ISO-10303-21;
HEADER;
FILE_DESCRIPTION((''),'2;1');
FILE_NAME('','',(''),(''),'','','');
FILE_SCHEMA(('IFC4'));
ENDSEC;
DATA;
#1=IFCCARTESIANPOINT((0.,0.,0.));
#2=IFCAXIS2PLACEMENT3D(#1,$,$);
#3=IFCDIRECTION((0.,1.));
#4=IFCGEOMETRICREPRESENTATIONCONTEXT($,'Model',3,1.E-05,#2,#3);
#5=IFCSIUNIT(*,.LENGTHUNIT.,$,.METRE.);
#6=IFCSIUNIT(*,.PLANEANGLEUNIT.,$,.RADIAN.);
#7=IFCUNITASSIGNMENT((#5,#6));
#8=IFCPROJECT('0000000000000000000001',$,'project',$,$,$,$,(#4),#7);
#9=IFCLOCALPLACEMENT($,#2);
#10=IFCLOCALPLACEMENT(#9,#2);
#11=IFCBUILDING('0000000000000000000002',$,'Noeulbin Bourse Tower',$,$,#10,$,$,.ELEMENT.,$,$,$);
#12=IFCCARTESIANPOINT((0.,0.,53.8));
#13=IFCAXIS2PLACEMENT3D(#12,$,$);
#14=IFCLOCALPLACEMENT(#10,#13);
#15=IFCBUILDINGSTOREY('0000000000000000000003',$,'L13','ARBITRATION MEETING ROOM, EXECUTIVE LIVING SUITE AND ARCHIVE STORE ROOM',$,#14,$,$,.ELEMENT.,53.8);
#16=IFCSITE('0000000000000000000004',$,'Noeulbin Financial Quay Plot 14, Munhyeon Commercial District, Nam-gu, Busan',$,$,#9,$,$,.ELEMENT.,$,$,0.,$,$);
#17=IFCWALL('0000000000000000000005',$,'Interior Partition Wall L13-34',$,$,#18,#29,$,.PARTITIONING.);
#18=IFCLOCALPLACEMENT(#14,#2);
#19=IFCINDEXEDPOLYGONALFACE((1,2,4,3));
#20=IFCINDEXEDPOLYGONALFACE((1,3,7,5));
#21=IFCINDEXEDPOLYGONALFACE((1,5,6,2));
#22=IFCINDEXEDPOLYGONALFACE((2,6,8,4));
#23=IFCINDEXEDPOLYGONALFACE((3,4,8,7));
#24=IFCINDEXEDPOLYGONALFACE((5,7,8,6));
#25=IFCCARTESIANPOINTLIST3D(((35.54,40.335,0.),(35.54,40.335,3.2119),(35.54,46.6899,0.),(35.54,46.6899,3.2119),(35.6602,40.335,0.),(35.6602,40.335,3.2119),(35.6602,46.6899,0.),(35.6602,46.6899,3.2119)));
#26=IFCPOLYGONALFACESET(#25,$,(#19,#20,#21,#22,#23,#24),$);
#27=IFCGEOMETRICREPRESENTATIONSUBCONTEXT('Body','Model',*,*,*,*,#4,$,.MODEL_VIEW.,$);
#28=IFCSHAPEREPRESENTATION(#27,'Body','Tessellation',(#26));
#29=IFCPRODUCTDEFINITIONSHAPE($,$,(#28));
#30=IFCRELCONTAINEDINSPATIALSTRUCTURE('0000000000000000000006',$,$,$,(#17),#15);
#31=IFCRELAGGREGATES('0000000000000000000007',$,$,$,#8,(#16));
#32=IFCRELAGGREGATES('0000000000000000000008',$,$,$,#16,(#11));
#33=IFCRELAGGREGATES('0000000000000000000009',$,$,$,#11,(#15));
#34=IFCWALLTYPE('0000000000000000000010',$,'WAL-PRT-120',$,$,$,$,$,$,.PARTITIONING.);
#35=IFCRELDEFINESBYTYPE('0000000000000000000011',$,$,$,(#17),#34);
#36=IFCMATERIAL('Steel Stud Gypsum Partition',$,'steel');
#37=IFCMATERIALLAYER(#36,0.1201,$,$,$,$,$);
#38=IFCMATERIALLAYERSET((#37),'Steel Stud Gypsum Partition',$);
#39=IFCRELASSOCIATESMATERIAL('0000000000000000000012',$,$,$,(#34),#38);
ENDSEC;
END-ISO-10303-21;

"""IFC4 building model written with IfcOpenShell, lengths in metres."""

from ifc_helpers import new_model, si_unit, direction, frame, frame_2d, origin, place, context, subcontext, project, spatial, rectangle, extrude, material, layer, layer_set, type_object, element, save


model = new_model("IFC4")

# Units and contexts
model_context = context("Model", 3, precision=1e-05, world=origin(), true_north=direction((0.0, 1.0)))
body_context = subcontext(model_context, "Body", "Model", "MODEL_VIEW")
ifc_project = project(units=[si_unit("LENGTHUNIT", "METRE"), si_unit("PLANEANGLEUNIT", "RADIAN")], contexts=[model_context])

# Site, building, storey
site_placement = place(None, origin())
site = spatial("IfcSite", under=ifc_project, at=site_placement, Name="Noeulbin Financial Quay Plot 14, Munhyeon Commercial District, Nam-gu, Busan", CompositionType="ELEMENT", RefElevation=0.0)
building_placement = place(site_placement, origin())
building = spatial("IfcBuilding", under=site, at=building_placement, Name="Noeulbin Bourse Tower", CompositionType="ELEMENT")
storey_placement = place(building_placement, frame((0.0, 0.0, 53.8)))
storey = spatial("IfcBuildingStorey", under=building, at=storey_placement, Name="L13", Description="ARBITRATION MEETING ROOM, EXECUTIVE LIVING SUITE AND ARCHIVE STORE ROOM", CompositionType="ELEMENT", Elevation=53.8)

# Wall
ifc_material_1 = material(Name="Steel Stud Gypsum Partition", Category="steel")
ifc_layer_1 = layer(ifc_material_1, 0.1201)
ifc_layer_set_1 = layer_set([ifc_layer_1], Name="Steel Stud Gypsum Partition")
wall_type = type_object("IfcWallType", Name="WAL-PRT-120", PredefinedType="PARTITIONING", material=ifc_layer_set_1)
wall_placement = place(storey_placement, frame((35.6001, 40.335, 0.0), z_axis=(0.0, 0.0, 1.0), x_axis=(0.0, 1.0, 0.0)))
element("IfcWall", 1, at=wall_placement, inside=storey, type_object=wall_type, Name="Interior Partition Wall L13-34", PredefinedType="PARTITIONING", context=body_context, shape_type="SweptSolid", body=[
    extrude(rectangle(XDim=6.355, YDim=0.1201, at=frame_2d((3.1775, 0.0))), origin(), (0.0, 0.0, 1.0), 3.2119),
])

save(model, "model.ifc")
